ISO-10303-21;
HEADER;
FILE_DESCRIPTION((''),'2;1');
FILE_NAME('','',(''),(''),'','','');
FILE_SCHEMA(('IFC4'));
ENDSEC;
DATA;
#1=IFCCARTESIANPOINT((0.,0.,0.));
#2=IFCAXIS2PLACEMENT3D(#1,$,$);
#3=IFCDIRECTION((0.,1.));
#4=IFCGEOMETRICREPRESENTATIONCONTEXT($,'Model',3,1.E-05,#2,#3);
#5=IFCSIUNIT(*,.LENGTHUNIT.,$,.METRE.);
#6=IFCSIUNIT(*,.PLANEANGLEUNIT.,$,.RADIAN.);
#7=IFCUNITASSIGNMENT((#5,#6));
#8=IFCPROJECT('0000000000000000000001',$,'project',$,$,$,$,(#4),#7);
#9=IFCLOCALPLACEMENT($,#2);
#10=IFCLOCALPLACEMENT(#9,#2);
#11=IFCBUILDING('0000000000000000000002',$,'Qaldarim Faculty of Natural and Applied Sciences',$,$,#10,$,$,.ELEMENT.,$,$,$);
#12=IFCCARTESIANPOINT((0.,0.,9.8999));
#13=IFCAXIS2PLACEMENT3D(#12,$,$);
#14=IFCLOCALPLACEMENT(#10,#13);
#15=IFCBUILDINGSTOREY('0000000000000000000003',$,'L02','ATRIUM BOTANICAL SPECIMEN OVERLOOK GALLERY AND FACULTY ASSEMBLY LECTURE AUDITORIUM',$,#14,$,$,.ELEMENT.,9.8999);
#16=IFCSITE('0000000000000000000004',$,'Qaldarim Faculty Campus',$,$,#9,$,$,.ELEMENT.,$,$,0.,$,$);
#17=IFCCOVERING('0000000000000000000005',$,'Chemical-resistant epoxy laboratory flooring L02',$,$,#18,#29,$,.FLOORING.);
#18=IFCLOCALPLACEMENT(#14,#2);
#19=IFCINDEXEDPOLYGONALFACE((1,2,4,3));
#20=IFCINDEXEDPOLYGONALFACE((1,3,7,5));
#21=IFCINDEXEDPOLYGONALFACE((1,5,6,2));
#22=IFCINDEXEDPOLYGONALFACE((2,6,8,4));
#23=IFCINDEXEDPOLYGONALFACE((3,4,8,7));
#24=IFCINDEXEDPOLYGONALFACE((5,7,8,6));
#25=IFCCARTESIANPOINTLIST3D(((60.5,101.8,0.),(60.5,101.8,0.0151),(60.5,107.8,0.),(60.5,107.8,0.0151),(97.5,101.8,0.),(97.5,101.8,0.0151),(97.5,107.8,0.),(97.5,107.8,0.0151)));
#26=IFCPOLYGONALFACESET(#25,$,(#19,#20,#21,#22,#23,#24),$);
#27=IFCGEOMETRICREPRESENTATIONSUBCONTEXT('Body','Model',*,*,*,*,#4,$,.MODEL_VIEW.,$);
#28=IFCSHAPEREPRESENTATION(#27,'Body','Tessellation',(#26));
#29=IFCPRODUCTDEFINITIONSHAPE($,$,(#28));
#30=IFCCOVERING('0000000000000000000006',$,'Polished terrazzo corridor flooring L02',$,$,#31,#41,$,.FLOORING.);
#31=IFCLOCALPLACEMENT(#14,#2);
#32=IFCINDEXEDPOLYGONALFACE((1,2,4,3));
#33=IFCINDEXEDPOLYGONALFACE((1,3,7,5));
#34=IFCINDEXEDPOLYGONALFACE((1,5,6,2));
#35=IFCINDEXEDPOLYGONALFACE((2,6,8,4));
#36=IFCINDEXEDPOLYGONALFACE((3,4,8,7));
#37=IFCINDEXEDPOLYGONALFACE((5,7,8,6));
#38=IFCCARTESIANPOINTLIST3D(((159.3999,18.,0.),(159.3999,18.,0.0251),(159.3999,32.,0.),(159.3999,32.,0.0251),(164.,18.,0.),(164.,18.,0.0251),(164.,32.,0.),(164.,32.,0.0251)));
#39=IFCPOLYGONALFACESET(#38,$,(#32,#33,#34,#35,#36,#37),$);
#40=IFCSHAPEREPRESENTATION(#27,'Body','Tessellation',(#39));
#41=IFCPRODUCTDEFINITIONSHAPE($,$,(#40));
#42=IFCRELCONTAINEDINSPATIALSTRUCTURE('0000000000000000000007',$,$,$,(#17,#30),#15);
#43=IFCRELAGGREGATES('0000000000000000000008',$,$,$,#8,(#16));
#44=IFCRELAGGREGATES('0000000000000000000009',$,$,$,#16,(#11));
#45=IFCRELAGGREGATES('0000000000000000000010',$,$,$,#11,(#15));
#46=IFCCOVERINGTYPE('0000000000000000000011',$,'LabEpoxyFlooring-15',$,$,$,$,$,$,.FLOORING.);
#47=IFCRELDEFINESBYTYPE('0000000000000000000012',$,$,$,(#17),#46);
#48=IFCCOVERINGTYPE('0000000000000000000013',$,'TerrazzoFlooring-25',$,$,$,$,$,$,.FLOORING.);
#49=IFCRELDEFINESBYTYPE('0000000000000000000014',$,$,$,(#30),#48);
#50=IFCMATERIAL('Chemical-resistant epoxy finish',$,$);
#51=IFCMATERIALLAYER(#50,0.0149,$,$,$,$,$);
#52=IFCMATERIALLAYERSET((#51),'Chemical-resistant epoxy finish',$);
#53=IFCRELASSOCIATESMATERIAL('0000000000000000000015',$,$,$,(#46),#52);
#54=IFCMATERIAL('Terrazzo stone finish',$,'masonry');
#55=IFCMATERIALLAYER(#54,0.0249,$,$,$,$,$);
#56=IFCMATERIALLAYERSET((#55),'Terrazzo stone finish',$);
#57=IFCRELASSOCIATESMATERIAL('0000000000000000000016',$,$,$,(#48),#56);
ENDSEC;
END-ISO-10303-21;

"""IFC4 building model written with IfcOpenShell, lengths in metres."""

from ifc_helpers import new_model, si_unit, direction, frame, origin, place, context, subcontext, project, spatial, polyline, outline, extrude, material, layer, layer_set, type_object, element, save


model = new_model("IFC4")

# Units and contexts
model_context = context("Model", 3, precision=1e-05, world=origin(), true_north=direction((0.0, 1.0)))
body_context = subcontext(model_context, "Body", "Model", "MODEL_VIEW")
ifc_project = project(units=[si_unit("LENGTHUNIT", "METRE"), si_unit("PLANEANGLEUNIT", "RADIAN")], contexts=[model_context])

# Site, building, storey
site_placement = place(None, origin())
site = spatial("IfcSite", under=ifc_project, at=site_placement, Name="Qaldarim Faculty Campus", CompositionType="ELEMENT", RefElevation=0.0)
building_placement = place(site_placement, origin())
building = spatial("IfcBuilding", under=site, at=building_placement, Name="Qaldarim Faculty of Natural and Applied Sciences", CompositionType="ELEMENT")
storey_placement = place(building_placement, frame((0.0, 0.0, 9.8999)))
storey = spatial("IfcBuildingStorey", under=building, at=storey_placement, Name="L02", Description="ATRIUM BOTANICAL SPECIMEN OVERLOOK GALLERY AND FACULTY ASSEMBLY LECTURE AUDITORIUM", CompositionType="ELEMENT", Elevation=9.8999)

# Coverings
ifc_material_1 = material(Name="Chemical-resistant epoxy finish")
ifc_layer_1 = layer(ifc_material_1, 0.0149)
ifc_layer_set_1 = layer_set([ifc_layer_1], Name="Chemical-resistant epoxy finish")
covering_type_1 = type_object("IfcCoveringType", Name="LabEpoxyFlooring-15", PredefinedType="FLOORING", material=ifc_layer_set_1)
covering_1_placement = place(storey_placement, origin())
element("IfcCovering", 1, at=covering_1_placement, inside=storey, type_object=covering_type_1, Name="Chemical-resistant epoxy laboratory flooring L02", PredefinedType="FLOORING", context=body_context, shape_type="SweptSolid", body=[
    extrude(outline(polyline([(60.5, 101.8), (97.5, 101.8), (97.5, 107.8), (60.5, 107.8), (60.5, 101.8)])), origin(), (0.0, 0.0, 1.0), 0.0151),
])
ifc_material_2 = material(Name="Terrazzo stone finish", Category="masonry")
ifc_layer_2 = layer(ifc_material_2, 0.0249)
ifc_layer_set_2 = layer_set([ifc_layer_2], Name="Terrazzo stone finish")
covering_type_2 = type_object("IfcCoveringType", Name="TerrazzoFlooring-25", PredefinedType="FLOORING", material=ifc_layer_set_2)
covering_2_placement = place(storey_placement, origin())
element("IfcCovering", 2, at=covering_2_placement, inside=storey, type_object=covering_type_2, Name="Polished terrazzo corridor flooring L02", PredefinedType="FLOORING", context=body_context, shape_type="SweptSolid", body=[
    extrude(outline(polyline([(159.3999, 18.0), (164.0, 18.0), (164.0, 32.0), (159.3999, 32.0), (159.3999, 18.0)])), origin(), (0.0, 0.0, 1.0), 0.0251),
])

save(model, "model.ifc")
